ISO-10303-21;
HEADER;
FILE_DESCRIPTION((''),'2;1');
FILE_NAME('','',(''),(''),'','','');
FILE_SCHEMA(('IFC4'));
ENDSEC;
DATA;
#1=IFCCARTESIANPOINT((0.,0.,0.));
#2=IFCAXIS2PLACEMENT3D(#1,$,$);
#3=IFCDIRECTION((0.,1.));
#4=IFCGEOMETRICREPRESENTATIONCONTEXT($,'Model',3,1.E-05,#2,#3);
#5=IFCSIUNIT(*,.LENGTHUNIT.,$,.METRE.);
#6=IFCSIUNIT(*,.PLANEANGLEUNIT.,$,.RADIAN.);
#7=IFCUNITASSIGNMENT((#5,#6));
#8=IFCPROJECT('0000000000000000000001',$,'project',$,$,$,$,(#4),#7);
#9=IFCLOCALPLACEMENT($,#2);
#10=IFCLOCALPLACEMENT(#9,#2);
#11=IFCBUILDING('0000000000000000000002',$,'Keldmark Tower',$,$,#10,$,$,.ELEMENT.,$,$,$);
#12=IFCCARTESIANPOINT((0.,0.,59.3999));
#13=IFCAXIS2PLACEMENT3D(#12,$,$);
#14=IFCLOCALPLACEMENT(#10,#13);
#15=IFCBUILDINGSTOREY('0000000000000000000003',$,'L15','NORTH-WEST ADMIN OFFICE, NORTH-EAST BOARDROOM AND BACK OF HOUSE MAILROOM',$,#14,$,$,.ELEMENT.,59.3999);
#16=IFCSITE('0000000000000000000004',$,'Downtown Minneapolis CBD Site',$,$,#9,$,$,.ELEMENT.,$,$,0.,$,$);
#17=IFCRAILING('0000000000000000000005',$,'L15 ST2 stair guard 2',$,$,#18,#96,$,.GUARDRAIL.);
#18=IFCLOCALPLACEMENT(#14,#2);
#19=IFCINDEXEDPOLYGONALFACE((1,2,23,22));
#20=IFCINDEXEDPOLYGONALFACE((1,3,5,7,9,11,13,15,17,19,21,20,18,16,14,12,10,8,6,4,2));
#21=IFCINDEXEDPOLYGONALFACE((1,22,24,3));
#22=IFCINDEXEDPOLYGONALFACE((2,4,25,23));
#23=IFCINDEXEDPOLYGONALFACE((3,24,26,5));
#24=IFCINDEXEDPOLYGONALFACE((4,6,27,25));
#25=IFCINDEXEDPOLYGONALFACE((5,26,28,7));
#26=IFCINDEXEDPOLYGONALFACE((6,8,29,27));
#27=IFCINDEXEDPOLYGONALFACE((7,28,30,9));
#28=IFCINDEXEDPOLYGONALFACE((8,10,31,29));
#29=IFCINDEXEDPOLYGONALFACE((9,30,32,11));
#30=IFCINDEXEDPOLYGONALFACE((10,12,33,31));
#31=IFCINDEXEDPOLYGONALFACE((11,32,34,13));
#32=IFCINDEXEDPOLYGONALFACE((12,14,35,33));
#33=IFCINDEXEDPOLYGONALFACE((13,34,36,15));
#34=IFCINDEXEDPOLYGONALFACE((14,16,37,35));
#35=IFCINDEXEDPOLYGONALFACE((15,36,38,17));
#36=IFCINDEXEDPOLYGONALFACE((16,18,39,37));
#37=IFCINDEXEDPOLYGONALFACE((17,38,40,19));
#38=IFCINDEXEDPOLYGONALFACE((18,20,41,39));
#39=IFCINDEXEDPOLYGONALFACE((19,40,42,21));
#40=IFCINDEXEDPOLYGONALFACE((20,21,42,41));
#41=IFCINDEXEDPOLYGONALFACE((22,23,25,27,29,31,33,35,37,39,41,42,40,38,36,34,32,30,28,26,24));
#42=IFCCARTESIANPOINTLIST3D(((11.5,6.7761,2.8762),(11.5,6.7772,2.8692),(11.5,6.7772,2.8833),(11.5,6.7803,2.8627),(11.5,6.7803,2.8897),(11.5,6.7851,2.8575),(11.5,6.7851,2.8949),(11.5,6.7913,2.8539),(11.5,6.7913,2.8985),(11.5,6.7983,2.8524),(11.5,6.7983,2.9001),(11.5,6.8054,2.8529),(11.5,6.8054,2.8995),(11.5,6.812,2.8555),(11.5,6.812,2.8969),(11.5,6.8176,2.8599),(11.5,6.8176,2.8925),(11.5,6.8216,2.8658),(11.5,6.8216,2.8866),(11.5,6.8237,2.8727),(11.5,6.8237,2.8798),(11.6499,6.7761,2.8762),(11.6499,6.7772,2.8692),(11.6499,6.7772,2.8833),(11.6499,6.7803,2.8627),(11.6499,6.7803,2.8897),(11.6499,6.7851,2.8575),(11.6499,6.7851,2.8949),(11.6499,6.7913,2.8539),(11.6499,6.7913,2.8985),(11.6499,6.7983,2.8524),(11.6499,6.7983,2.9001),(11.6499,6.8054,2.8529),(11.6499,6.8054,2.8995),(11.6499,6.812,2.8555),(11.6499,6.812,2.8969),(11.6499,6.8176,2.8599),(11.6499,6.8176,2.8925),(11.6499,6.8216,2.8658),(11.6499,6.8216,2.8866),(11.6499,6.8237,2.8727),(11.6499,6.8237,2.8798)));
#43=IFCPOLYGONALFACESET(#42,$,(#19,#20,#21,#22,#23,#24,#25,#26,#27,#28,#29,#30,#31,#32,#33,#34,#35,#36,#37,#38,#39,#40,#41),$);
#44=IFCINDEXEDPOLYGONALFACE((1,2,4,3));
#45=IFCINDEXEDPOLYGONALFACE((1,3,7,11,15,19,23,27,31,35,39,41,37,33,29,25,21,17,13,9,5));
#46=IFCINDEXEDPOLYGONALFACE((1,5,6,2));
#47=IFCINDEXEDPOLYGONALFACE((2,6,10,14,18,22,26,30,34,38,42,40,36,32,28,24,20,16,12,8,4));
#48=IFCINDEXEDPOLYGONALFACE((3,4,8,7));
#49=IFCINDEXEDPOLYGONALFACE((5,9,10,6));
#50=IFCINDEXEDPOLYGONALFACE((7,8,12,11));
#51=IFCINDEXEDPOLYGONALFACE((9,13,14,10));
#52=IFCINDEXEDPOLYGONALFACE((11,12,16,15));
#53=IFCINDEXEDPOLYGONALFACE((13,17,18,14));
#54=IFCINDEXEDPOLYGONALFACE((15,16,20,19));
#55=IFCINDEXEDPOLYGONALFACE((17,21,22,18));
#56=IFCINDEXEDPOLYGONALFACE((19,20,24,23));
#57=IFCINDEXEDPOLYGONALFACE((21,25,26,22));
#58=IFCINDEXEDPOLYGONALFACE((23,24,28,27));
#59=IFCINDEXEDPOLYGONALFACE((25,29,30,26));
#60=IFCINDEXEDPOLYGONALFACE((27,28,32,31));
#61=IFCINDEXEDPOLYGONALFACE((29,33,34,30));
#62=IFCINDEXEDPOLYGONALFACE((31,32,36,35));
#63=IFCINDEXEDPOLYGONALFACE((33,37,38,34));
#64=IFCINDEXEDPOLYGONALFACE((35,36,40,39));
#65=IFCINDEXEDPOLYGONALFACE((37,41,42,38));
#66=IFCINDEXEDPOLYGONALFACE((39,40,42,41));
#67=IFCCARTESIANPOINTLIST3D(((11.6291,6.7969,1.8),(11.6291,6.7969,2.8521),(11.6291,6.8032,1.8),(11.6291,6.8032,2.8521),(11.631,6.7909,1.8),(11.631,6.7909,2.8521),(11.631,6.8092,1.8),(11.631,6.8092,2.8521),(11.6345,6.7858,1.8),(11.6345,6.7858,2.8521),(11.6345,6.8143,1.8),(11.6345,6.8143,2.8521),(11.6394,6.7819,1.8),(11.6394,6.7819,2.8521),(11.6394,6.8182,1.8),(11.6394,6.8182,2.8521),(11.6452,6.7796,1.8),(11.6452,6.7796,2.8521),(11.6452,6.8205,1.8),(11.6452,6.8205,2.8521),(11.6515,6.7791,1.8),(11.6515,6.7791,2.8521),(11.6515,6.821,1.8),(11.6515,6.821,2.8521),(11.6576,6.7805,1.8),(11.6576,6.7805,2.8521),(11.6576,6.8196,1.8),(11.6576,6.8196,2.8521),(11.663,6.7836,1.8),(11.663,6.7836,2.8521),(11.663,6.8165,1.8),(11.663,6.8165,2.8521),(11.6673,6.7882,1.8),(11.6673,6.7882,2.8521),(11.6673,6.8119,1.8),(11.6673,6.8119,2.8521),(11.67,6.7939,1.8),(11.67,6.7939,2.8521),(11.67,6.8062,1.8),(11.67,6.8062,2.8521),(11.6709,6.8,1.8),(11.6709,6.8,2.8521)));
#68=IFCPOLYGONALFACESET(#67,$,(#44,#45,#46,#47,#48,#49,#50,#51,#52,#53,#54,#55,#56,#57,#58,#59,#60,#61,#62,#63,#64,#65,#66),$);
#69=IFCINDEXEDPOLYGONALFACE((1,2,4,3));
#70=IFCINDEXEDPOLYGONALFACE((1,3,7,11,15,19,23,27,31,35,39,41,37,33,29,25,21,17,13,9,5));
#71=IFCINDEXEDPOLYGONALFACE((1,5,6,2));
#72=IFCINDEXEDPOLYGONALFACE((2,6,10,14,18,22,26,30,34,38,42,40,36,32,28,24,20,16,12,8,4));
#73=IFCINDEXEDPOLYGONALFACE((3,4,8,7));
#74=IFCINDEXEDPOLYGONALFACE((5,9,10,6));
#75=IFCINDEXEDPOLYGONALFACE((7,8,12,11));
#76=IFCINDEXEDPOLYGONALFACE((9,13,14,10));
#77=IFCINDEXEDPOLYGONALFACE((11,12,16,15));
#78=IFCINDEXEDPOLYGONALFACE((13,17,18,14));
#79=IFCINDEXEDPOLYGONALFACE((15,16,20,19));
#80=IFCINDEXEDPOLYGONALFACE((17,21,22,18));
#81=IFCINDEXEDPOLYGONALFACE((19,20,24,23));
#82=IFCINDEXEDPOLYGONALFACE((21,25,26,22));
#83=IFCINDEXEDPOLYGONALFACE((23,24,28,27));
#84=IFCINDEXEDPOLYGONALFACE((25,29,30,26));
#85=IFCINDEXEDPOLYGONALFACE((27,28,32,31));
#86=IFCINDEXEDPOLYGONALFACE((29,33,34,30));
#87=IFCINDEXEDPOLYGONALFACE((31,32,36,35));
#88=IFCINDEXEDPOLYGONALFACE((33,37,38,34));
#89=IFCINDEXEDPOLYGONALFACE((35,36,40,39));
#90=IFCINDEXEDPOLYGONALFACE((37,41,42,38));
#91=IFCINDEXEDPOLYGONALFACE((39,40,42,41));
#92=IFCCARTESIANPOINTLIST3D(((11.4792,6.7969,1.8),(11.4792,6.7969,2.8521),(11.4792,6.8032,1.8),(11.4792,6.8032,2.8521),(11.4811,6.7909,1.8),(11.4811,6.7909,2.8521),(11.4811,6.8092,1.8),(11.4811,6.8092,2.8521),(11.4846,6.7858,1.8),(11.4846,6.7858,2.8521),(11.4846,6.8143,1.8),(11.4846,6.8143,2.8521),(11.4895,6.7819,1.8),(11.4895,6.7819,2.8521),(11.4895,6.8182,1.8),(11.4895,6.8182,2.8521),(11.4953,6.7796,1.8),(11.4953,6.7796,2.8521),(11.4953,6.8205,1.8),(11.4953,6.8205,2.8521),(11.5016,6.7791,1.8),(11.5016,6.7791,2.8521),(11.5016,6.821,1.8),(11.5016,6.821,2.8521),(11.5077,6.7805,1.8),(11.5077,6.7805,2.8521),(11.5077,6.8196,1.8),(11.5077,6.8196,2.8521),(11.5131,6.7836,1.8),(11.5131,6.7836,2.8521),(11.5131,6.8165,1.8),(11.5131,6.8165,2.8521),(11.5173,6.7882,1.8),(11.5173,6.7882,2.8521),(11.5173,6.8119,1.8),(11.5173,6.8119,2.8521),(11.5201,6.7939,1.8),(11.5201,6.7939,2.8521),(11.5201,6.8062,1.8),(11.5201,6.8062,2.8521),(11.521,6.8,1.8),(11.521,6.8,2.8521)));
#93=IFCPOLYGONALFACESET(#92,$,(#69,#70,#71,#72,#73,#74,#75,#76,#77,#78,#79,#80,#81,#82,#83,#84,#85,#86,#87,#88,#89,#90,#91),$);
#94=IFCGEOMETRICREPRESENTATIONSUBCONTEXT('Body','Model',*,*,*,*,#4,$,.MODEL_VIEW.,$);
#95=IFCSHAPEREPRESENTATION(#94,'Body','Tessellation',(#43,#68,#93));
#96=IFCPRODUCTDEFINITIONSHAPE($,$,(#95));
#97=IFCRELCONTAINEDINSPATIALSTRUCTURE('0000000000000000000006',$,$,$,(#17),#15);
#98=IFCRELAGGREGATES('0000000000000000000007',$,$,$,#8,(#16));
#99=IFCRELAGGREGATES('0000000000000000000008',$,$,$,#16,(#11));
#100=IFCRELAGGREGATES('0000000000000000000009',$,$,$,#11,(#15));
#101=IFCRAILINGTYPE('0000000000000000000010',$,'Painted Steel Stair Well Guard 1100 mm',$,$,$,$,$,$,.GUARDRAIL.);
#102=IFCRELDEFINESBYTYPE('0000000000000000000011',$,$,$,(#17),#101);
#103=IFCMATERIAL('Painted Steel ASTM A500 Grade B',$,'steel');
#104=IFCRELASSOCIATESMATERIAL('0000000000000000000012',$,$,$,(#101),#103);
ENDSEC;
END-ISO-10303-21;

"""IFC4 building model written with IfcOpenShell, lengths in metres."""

from ifc_helpers import new_model, si_unit, direction, frame, origin, origin_2d, place, context, subcontext, project, spatial, circle, extrude, material, type_object, element, save


model = new_model("IFC4")

# Units and contexts
model_context = context("Model", 3, precision=1e-05, world=origin(), true_north=direction((0.0, 1.0)))
body_context = subcontext(model_context, "Body", "Model", "MODEL_VIEW")
ifc_project = project(units=[si_unit("LENGTHUNIT", "METRE"), si_unit("PLANEANGLEUNIT", "RADIAN")], contexts=[model_context])

# Site, building, storey
site_placement = place(None, origin())
site = spatial("IfcSite", under=ifc_project, at=site_placement, Name="Downtown Minneapolis CBD Site", CompositionType="ELEMENT", RefElevation=0.0)
building_placement = place(site_placement, origin())
building = spatial("IfcBuilding", under=site, at=building_placement, Name="Keldmark Tower", CompositionType="ELEMENT")
storey_placement = place(building_placement, frame((0.0, 0.0, 59.3999)))
storey = spatial("IfcBuildingStorey", under=building, at=storey_placement, Name="L15", Description="NORTH-WEST ADMIN OFFICE, NORTH-EAST BOARDROOM AND BACK OF HOUSE MAILROOM", CompositionType="ELEMENT", Elevation=59.3999)

# Railing
ifc_material_1 = material(Name="Painted Steel ASTM A500 Grade B", Category="steel")
railing_type_1 = type_object("IfcRailingType", Name="Painted Steel Stair Well Guard 1100 mm", PredefinedType="GUARDRAIL", material=ifc_material_1)
railing_1_placement = place(storey_placement, frame((11.6499, 6.8, 1.8)))
element("IfcRailing", 1, at=railing_1_placement, inside=storey, type_object=railing_type_1, Name="L15 ST2 stair guard 2", PredefinedType="GUARDRAIL", context=body_context, shape_type="SweptSolid", body=[
    extrude(circle(Radius=0.0239, at=origin_2d()), frame((0.0, 0.0, 1.0762), z_axis=(-1.0, 0.0, 0.0), x_axis=(0.0, -1.0, 0.0)), (0.0, 0.0, 1.0), 0.1499),
    extrude(circle(Radius=0.021, at=origin_2d()), origin(), (0.0, 0.0, 1.0), 1.052),
    extrude(circle(Radius=0.021, at=origin_2d()), frame((-0.1499, 0.0, 0.0)), (0.0, 0.0, 1.0), 1.052),
])

save(model, "model.ifc")
